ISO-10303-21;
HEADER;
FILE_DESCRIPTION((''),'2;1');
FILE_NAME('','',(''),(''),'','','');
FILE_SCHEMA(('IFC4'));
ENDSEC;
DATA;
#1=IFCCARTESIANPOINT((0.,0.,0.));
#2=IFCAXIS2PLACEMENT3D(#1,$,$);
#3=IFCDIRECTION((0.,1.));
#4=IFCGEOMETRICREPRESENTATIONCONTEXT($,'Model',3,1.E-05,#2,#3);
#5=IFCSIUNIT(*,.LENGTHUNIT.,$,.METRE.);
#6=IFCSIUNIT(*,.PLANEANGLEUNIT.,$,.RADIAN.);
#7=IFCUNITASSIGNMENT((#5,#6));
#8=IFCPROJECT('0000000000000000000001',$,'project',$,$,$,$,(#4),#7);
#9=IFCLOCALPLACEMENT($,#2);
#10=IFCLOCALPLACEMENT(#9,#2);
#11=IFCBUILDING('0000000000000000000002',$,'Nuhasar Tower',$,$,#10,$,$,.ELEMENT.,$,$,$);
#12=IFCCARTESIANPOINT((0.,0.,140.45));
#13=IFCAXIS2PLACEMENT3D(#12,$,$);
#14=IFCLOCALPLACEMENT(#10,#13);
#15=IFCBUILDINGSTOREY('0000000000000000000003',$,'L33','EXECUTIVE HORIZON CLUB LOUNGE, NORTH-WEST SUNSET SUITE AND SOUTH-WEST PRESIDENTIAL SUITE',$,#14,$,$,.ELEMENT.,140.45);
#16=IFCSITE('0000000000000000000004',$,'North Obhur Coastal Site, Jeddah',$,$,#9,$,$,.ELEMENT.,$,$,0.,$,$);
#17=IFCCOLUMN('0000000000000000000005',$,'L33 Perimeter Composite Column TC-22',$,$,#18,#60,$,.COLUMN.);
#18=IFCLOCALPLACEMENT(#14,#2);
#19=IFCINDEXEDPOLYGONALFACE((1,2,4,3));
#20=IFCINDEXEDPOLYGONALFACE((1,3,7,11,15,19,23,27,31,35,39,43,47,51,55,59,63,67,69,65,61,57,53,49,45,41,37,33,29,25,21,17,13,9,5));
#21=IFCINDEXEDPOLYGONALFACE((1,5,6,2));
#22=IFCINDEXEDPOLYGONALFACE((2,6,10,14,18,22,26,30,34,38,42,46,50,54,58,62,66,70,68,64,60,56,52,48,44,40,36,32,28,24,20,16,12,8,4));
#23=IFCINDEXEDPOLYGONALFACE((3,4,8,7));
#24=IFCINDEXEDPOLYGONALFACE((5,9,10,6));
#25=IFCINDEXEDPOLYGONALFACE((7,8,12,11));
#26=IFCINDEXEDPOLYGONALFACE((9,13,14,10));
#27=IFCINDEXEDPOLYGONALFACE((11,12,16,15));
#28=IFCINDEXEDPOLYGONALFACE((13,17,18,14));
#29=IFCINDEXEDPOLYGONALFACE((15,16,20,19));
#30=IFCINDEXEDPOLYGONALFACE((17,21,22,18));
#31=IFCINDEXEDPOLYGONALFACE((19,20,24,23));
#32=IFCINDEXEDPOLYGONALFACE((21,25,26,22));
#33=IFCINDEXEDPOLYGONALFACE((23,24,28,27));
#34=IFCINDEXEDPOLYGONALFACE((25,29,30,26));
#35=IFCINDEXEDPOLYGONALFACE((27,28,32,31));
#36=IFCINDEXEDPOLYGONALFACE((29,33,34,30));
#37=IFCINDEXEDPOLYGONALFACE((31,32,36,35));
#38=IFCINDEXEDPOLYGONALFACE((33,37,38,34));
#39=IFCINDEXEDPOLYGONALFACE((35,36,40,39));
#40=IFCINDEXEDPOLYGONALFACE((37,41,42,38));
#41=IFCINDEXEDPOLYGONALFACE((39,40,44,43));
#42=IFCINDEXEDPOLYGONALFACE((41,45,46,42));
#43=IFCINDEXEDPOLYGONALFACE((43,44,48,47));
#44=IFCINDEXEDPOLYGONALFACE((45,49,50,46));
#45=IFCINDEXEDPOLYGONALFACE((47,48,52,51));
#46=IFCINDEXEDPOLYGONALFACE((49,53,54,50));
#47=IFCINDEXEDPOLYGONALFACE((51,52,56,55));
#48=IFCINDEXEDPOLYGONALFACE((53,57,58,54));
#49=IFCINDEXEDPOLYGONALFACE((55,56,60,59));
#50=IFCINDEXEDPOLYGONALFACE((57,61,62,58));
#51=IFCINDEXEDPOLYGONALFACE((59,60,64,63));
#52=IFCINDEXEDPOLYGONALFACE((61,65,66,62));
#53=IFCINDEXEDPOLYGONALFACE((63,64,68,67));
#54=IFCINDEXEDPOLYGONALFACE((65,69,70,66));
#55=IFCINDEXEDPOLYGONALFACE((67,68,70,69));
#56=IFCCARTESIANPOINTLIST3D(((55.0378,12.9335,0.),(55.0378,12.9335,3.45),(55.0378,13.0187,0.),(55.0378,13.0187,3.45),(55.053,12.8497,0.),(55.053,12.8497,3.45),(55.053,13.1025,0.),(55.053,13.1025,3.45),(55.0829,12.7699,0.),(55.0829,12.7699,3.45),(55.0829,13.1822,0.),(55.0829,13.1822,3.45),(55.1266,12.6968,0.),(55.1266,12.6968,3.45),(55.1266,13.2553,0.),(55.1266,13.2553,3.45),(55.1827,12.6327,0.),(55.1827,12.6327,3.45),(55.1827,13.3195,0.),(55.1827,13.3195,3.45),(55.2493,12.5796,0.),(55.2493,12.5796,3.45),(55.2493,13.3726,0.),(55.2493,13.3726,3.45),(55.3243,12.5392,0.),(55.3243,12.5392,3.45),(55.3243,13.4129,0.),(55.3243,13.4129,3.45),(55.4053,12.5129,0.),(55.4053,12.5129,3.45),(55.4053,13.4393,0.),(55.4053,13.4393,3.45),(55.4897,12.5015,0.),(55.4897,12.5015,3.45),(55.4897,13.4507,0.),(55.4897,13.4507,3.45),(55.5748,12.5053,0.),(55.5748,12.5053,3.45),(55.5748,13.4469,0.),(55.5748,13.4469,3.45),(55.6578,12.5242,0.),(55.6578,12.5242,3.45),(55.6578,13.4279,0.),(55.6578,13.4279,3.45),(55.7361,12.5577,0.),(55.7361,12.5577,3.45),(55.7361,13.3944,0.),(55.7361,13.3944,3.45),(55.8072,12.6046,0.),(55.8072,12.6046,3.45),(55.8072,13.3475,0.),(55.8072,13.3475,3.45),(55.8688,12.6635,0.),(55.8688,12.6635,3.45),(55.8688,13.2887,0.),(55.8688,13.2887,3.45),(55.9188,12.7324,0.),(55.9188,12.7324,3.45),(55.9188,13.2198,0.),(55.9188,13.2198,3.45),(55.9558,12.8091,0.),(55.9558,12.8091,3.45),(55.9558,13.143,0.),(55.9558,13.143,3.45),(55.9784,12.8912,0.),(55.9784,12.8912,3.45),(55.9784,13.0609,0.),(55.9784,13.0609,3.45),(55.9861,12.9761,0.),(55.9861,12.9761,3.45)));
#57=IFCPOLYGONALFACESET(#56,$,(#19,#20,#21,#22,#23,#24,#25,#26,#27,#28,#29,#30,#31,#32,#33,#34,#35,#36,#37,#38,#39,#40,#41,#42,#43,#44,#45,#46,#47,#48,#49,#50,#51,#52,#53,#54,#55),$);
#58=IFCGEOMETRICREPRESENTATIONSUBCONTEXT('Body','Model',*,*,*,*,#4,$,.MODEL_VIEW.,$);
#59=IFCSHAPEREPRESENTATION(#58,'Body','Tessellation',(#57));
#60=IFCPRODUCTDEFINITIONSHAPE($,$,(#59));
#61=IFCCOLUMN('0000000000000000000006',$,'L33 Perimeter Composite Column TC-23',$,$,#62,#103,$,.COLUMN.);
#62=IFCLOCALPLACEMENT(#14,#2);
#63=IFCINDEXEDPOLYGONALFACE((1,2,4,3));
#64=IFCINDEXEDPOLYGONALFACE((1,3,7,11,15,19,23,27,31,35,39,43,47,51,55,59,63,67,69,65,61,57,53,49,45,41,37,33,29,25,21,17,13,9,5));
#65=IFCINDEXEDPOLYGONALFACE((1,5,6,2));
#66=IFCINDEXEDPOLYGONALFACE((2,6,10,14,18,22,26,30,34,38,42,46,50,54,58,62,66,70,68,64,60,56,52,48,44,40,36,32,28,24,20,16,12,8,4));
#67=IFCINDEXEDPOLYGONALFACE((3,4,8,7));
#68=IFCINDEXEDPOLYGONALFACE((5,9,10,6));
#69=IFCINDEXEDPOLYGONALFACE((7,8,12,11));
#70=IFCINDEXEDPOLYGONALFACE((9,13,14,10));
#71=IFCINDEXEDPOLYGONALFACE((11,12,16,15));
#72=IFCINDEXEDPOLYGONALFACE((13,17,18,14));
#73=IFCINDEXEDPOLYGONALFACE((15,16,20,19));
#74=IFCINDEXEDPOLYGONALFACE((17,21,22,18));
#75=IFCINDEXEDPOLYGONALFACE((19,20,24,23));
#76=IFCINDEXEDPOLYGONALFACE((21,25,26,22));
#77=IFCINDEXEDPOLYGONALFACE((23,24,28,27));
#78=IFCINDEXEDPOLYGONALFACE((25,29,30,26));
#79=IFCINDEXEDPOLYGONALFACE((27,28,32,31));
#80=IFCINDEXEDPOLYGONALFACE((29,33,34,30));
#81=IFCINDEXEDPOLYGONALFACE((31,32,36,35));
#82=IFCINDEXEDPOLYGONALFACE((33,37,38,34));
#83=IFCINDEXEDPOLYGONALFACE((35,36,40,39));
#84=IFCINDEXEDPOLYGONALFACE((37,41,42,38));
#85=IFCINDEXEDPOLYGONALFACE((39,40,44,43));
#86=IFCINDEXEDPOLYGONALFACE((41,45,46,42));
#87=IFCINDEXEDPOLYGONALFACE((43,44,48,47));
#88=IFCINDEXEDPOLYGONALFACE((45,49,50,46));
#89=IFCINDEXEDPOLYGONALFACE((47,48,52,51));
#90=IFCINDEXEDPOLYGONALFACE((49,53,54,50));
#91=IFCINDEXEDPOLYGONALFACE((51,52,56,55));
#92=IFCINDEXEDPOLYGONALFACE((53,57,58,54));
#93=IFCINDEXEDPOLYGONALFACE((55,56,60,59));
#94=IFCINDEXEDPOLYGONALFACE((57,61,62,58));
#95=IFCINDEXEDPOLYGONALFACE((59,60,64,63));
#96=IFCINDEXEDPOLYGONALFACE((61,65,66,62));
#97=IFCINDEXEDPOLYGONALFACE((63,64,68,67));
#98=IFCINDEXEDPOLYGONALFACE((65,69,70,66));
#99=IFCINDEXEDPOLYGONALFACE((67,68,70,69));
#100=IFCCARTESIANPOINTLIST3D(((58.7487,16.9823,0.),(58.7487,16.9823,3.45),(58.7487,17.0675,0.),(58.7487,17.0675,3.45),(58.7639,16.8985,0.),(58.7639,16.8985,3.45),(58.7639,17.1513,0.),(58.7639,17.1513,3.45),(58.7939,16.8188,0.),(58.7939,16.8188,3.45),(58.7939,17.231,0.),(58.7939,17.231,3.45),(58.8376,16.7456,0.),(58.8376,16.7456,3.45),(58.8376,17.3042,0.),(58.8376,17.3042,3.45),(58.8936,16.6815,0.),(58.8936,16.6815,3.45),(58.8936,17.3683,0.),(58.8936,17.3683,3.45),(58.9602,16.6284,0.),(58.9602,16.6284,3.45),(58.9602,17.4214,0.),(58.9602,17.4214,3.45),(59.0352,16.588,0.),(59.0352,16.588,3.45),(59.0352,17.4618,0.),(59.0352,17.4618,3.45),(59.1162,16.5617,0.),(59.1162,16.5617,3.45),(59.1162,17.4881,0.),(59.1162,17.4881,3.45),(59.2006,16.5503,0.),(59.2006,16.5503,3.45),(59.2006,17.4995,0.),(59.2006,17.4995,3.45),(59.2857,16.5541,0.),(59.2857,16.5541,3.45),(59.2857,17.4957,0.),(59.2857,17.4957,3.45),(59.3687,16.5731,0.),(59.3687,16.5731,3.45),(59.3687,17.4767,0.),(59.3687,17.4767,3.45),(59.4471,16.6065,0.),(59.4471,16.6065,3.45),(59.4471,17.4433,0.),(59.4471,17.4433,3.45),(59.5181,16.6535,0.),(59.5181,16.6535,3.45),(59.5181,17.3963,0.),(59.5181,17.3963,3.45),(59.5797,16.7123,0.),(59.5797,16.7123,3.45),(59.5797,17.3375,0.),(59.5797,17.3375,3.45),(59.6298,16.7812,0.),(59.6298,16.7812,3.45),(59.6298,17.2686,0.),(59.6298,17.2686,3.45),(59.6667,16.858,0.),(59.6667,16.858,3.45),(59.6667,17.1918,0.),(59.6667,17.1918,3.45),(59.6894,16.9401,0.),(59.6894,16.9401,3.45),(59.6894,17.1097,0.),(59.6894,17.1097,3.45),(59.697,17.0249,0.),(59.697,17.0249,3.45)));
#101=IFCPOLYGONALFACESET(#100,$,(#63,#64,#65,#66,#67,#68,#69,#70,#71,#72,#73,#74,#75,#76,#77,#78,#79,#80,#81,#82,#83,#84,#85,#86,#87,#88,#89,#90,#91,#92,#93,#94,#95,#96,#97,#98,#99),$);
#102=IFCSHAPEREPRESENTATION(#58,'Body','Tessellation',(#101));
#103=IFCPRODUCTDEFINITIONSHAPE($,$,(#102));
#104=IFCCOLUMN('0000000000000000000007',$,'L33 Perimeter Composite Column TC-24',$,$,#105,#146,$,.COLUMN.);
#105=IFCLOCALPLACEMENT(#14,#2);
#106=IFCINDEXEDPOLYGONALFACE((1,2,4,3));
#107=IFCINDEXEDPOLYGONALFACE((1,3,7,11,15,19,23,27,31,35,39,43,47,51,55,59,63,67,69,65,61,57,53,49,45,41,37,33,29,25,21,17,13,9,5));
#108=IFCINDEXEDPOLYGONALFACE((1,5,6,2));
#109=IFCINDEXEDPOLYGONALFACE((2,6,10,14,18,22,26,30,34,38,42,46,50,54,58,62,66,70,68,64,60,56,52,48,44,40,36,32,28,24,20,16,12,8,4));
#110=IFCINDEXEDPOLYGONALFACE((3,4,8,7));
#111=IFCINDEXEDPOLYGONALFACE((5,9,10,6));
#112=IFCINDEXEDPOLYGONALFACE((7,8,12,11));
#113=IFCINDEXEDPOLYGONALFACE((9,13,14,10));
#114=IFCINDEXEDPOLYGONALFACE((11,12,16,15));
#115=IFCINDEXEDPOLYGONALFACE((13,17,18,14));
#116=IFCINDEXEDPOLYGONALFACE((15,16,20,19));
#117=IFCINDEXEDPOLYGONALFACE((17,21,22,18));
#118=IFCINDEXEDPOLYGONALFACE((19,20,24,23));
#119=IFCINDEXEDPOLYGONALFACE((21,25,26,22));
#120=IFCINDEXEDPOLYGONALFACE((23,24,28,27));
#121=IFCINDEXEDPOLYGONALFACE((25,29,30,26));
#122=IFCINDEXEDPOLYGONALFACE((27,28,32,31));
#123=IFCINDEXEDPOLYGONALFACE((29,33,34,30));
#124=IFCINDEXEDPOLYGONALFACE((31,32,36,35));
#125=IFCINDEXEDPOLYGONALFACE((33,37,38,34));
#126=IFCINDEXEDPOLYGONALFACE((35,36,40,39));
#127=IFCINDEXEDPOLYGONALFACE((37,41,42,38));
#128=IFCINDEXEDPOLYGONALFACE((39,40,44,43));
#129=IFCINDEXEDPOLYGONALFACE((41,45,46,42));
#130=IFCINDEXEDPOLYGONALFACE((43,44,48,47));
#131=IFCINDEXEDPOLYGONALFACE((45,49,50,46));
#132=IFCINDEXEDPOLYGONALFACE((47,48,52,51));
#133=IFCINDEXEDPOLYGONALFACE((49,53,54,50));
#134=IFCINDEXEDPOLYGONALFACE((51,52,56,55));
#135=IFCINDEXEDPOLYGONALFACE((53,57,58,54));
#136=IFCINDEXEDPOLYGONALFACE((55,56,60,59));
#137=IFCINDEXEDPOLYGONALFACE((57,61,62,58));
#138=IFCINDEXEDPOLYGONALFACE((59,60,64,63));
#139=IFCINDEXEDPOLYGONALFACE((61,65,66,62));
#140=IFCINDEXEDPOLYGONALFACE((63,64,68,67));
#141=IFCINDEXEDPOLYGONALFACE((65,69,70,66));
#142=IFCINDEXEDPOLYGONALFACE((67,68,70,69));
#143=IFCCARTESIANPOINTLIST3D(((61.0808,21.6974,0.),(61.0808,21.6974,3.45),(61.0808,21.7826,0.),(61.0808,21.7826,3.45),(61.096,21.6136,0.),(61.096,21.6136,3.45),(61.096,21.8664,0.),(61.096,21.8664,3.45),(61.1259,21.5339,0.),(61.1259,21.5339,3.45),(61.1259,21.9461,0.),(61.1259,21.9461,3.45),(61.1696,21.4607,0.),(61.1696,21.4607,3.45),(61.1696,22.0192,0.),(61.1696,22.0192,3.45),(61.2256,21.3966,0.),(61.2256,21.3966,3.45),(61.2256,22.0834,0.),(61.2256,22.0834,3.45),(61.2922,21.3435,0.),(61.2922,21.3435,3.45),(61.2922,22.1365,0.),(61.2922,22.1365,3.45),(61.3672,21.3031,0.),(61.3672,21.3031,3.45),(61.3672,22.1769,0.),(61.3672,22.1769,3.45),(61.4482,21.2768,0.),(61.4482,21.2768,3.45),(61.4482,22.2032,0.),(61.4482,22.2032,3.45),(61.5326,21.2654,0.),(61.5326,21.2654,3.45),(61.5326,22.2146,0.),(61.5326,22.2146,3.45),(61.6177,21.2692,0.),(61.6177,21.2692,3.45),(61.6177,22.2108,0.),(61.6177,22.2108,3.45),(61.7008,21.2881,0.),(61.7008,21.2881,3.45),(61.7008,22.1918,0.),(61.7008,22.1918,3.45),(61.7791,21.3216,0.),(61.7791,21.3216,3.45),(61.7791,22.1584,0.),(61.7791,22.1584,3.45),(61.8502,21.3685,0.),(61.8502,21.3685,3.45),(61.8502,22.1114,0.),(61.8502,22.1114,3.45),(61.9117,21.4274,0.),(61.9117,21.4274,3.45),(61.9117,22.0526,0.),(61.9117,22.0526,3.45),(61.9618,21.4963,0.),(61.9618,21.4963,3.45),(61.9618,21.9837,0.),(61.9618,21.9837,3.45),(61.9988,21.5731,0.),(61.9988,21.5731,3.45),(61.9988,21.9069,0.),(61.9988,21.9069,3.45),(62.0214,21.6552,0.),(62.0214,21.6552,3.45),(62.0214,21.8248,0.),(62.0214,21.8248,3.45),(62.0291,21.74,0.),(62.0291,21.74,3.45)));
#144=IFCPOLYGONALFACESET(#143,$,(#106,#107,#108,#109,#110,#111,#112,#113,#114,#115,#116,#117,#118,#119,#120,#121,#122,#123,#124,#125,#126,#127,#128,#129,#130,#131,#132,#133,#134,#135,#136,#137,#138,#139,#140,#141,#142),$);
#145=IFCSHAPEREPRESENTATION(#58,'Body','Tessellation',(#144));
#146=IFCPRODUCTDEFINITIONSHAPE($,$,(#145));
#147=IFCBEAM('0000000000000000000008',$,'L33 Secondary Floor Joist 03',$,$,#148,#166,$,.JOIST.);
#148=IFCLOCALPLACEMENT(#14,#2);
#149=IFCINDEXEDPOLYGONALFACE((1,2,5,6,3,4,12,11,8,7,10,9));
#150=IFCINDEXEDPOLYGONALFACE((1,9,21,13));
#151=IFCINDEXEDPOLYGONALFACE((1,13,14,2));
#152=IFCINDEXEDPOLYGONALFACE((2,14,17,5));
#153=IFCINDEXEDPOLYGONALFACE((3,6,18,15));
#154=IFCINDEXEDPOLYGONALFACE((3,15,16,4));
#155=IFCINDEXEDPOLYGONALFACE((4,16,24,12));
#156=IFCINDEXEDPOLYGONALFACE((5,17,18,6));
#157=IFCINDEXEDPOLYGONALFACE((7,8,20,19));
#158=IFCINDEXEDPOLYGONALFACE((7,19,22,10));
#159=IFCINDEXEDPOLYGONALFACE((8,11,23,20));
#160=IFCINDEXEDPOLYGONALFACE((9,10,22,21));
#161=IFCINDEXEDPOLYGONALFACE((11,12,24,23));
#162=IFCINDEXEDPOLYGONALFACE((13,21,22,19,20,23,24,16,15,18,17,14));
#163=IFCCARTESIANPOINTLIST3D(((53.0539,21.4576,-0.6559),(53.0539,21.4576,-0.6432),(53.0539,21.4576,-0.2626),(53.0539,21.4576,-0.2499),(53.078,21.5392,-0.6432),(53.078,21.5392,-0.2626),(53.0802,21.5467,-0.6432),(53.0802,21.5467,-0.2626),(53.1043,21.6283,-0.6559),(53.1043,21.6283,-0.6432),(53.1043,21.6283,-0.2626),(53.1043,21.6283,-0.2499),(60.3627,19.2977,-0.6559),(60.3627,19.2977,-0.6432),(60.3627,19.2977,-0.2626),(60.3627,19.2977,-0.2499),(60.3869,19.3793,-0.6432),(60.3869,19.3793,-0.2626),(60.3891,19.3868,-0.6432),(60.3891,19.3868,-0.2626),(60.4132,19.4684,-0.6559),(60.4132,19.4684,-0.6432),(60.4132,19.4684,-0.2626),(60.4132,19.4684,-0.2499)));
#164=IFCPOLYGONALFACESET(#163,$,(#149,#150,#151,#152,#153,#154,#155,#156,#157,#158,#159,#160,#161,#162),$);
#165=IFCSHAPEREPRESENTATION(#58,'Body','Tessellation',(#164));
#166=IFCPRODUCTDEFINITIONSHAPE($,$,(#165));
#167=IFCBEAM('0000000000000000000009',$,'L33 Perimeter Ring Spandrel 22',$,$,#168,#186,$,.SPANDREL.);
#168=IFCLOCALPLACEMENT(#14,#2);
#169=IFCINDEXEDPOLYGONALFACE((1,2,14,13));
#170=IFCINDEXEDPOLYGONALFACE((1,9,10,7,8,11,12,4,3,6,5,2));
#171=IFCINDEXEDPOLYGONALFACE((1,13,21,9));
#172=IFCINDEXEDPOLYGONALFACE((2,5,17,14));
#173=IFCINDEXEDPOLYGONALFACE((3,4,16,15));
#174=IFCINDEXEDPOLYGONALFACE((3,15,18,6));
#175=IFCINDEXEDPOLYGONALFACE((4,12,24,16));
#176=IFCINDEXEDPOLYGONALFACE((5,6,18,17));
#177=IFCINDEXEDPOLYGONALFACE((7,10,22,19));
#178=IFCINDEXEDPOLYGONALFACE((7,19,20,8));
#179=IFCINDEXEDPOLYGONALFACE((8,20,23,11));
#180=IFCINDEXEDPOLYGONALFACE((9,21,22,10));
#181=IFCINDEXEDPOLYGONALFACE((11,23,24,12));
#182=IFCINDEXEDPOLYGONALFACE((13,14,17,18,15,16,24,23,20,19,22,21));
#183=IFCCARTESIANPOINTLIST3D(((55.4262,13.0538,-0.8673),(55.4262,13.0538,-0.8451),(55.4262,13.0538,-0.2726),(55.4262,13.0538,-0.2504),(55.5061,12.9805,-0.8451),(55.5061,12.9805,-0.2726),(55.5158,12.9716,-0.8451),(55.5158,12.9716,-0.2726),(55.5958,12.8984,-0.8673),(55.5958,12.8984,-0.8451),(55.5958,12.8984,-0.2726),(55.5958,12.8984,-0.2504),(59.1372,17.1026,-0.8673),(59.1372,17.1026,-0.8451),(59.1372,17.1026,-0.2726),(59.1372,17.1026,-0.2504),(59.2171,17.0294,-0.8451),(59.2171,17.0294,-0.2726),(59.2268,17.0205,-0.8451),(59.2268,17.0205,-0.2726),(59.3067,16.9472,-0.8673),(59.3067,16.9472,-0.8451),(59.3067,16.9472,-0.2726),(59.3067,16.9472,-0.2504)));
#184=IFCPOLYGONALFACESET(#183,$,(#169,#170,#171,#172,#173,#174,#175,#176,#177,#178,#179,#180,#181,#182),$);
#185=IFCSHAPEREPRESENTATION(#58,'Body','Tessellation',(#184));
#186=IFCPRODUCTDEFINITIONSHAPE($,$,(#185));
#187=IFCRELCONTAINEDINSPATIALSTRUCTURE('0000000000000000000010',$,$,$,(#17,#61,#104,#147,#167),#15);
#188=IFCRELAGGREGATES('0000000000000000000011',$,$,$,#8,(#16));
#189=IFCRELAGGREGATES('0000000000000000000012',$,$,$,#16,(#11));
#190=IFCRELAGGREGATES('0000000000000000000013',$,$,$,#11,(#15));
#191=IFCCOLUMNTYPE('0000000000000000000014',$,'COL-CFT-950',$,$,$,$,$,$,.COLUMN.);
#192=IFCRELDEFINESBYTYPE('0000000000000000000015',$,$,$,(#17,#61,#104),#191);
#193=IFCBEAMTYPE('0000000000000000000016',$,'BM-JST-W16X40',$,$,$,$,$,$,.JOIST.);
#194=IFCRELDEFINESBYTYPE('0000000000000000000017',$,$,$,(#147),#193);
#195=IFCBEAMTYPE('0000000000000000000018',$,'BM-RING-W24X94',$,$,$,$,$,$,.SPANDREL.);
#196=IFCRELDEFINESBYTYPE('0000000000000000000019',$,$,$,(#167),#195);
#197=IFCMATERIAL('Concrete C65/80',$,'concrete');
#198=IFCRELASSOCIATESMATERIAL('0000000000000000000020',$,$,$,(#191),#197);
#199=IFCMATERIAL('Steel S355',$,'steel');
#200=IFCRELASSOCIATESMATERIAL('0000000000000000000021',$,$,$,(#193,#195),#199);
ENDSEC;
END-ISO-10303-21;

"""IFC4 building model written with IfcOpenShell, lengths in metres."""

from ifc_helpers import new_model, si_unit, direction, frame, origin, origin_2d, place, context, subcontext, project, spatial, circle, i_section, extrude, material, material_profile, profile_set, type_object, element, save


model = new_model("IFC4")

# Units and contexts
model_context = context("Model", 3, precision=1e-05, world=origin(), true_north=direction((0.0, 1.0)))
body_context = subcontext(model_context, "Body", "Model", "MODEL_VIEW")
ifc_project = project(units=[si_unit("LENGTHUNIT", "METRE"), si_unit("PLANEANGLEUNIT", "RADIAN")], contexts=[model_context])

# Site, building, storey
site_placement = place(None, origin())
site = spatial("IfcSite", under=ifc_project, at=site_placement, Name="North Obhur Coastal Site, Jeddah", CompositionType="ELEMENT", RefElevation=0.0)
building_placement = place(site_placement, origin())
building = spatial("IfcBuilding", under=site, at=building_placement, Name="Nuhasar Tower", CompositionType="ELEMENT")
storey_placement = place(building_placement, frame((0.0, 0.0, 140.45)))
storey = spatial("IfcBuildingStorey", under=building, at=storey_placement, Name="L33", Description="EXECUTIVE HORIZON CLUB LOUNGE, NORTH-WEST SUNSET SUITE AND SOUTH-WEST PRESIDENTIAL SUITE", CompositionType="ELEMENT", Elevation=140.45)

# Columns
ifc_material_1 = material(Name="Concrete C65/80", Category="concrete")
ifc_material_profile_1 = material_profile(ifc_material_1, circle(Radius=0.4751, at=origin_2d()), Name="CFT950")
ifc_profile_set_1 = profile_set([ifc_material_profile_1], Name="Concrete C65/80")
column_type = type_object("IfcColumnType", Name="COL-CFT-950", PredefinedType="COLUMN", material=ifc_profile_set_1)
for number, where, z_axis, x_axis, name in (
    (1, (55.511, 12.9761, 0.0), (0.0, 0.0, 1.0), (1.0, 0.0, 0.0), "L33 Perimeter Composite Column TC-22"),
    (2, (59.2219, 17.0249, 0.0), (0.0, 0.0, 1.0), (1.0, 0.0, 0.0), "L33 Perimeter Composite Column TC-23"),
    (3, (61.554, 21.74, 0.0), (0.0, 0.0, 1.0), (1.0, 0.0, 0.0), "L33 Perimeter Composite Column TC-24"),
):
    element("IfcColumn", number, at=place(storey_placement, frame(where, z_axis=z_axis, x_axis=x_axis)), inside=storey, type_object=column_type, Name=name, PredefinedType="COLUMN", context=body_context, shape_type="SweptSolid", body=[
        extrude(circle(Radius=0.4751, at=origin_2d()), origin(), (0.0, 0.0, 1.0), 3.45),
    ])

# Beams
ifc_material_2 = material(Name="Steel S355", Category="steel")
ifc_material_profile_2 = material_profile(ifc_material_2, i_section(OverallWidth=0.178, OverallDepth=0.406, WebThickness=0.0078, FlangeThickness=0.0127, at=origin_2d()), Name="W16X40")
ifc_profile_set_2 = profile_set([ifc_material_profile_2], Name="Steel S355")
beam_type_1 = type_object("IfcBeamType", Name="BM-JST-W16X40", PredefinedType="JOIST", material=ifc_profile_set_2)
beam_1_placement = place(storey_placement, frame((53.0791, 21.543, -0.4529), z_axis=(0.959, -0.283404, 0.0), x_axis=(0.283404, 0.959, 0.0)))
element("IfcBeam", 4, at=beam_1_placement, inside=storey, type_object=beam_type_1, Name="L33 Secondary Floor Joist 03", PredefinedType="JOIST", context=body_context, shape_type="SweptSolid", body=[
    extrude(i_section(OverallWidth=0.178, OverallDepth=0.406, WebThickness=0.0078, FlangeThickness=0.0127, at=origin_2d()), origin(), (0.0, 0.0, 1.0), 7.6213),
])
ifc_material_profile_3 = material_profile(ifc_material_2, i_section(OverallWidth=0.23, OverallDepth=0.6169, WebThickness=0.0132, FlangeThickness=0.0222, at=origin_2d()), Name="W24X94")
ifc_profile_set_3 = profile_set([ifc_material_profile_3], Name="Steel S355")
beam_type_2 = type_object("IfcBeamType", Name="BM-RING-W24X94", PredefinedType="SPANDREL", material=ifc_profile_set_3)
beam_2_placement = place(storey_placement, frame((55.511, 12.9761, -0.5588), z_axis=(0.675676, 0.737198, 0.0), x_axis=(-0.737198, 0.675676, 0.0)))
element("IfcBeam", 5, at=beam_2_placement, inside=storey, type_object=beam_type_2, Name="L33 Perimeter Ring Spandrel 22", PredefinedType="SPANDREL", context=body_context, shape_type="SweptSolid", body=[
    extrude(i_section(OverallWidth=0.23, OverallDepth=0.6169, WebThickness=0.0132, FlangeThickness=0.0222, at=origin_2d()), origin(), (0.0, 0.0, 1.0), 5.4922),
])

save(model, "model.ifc")
